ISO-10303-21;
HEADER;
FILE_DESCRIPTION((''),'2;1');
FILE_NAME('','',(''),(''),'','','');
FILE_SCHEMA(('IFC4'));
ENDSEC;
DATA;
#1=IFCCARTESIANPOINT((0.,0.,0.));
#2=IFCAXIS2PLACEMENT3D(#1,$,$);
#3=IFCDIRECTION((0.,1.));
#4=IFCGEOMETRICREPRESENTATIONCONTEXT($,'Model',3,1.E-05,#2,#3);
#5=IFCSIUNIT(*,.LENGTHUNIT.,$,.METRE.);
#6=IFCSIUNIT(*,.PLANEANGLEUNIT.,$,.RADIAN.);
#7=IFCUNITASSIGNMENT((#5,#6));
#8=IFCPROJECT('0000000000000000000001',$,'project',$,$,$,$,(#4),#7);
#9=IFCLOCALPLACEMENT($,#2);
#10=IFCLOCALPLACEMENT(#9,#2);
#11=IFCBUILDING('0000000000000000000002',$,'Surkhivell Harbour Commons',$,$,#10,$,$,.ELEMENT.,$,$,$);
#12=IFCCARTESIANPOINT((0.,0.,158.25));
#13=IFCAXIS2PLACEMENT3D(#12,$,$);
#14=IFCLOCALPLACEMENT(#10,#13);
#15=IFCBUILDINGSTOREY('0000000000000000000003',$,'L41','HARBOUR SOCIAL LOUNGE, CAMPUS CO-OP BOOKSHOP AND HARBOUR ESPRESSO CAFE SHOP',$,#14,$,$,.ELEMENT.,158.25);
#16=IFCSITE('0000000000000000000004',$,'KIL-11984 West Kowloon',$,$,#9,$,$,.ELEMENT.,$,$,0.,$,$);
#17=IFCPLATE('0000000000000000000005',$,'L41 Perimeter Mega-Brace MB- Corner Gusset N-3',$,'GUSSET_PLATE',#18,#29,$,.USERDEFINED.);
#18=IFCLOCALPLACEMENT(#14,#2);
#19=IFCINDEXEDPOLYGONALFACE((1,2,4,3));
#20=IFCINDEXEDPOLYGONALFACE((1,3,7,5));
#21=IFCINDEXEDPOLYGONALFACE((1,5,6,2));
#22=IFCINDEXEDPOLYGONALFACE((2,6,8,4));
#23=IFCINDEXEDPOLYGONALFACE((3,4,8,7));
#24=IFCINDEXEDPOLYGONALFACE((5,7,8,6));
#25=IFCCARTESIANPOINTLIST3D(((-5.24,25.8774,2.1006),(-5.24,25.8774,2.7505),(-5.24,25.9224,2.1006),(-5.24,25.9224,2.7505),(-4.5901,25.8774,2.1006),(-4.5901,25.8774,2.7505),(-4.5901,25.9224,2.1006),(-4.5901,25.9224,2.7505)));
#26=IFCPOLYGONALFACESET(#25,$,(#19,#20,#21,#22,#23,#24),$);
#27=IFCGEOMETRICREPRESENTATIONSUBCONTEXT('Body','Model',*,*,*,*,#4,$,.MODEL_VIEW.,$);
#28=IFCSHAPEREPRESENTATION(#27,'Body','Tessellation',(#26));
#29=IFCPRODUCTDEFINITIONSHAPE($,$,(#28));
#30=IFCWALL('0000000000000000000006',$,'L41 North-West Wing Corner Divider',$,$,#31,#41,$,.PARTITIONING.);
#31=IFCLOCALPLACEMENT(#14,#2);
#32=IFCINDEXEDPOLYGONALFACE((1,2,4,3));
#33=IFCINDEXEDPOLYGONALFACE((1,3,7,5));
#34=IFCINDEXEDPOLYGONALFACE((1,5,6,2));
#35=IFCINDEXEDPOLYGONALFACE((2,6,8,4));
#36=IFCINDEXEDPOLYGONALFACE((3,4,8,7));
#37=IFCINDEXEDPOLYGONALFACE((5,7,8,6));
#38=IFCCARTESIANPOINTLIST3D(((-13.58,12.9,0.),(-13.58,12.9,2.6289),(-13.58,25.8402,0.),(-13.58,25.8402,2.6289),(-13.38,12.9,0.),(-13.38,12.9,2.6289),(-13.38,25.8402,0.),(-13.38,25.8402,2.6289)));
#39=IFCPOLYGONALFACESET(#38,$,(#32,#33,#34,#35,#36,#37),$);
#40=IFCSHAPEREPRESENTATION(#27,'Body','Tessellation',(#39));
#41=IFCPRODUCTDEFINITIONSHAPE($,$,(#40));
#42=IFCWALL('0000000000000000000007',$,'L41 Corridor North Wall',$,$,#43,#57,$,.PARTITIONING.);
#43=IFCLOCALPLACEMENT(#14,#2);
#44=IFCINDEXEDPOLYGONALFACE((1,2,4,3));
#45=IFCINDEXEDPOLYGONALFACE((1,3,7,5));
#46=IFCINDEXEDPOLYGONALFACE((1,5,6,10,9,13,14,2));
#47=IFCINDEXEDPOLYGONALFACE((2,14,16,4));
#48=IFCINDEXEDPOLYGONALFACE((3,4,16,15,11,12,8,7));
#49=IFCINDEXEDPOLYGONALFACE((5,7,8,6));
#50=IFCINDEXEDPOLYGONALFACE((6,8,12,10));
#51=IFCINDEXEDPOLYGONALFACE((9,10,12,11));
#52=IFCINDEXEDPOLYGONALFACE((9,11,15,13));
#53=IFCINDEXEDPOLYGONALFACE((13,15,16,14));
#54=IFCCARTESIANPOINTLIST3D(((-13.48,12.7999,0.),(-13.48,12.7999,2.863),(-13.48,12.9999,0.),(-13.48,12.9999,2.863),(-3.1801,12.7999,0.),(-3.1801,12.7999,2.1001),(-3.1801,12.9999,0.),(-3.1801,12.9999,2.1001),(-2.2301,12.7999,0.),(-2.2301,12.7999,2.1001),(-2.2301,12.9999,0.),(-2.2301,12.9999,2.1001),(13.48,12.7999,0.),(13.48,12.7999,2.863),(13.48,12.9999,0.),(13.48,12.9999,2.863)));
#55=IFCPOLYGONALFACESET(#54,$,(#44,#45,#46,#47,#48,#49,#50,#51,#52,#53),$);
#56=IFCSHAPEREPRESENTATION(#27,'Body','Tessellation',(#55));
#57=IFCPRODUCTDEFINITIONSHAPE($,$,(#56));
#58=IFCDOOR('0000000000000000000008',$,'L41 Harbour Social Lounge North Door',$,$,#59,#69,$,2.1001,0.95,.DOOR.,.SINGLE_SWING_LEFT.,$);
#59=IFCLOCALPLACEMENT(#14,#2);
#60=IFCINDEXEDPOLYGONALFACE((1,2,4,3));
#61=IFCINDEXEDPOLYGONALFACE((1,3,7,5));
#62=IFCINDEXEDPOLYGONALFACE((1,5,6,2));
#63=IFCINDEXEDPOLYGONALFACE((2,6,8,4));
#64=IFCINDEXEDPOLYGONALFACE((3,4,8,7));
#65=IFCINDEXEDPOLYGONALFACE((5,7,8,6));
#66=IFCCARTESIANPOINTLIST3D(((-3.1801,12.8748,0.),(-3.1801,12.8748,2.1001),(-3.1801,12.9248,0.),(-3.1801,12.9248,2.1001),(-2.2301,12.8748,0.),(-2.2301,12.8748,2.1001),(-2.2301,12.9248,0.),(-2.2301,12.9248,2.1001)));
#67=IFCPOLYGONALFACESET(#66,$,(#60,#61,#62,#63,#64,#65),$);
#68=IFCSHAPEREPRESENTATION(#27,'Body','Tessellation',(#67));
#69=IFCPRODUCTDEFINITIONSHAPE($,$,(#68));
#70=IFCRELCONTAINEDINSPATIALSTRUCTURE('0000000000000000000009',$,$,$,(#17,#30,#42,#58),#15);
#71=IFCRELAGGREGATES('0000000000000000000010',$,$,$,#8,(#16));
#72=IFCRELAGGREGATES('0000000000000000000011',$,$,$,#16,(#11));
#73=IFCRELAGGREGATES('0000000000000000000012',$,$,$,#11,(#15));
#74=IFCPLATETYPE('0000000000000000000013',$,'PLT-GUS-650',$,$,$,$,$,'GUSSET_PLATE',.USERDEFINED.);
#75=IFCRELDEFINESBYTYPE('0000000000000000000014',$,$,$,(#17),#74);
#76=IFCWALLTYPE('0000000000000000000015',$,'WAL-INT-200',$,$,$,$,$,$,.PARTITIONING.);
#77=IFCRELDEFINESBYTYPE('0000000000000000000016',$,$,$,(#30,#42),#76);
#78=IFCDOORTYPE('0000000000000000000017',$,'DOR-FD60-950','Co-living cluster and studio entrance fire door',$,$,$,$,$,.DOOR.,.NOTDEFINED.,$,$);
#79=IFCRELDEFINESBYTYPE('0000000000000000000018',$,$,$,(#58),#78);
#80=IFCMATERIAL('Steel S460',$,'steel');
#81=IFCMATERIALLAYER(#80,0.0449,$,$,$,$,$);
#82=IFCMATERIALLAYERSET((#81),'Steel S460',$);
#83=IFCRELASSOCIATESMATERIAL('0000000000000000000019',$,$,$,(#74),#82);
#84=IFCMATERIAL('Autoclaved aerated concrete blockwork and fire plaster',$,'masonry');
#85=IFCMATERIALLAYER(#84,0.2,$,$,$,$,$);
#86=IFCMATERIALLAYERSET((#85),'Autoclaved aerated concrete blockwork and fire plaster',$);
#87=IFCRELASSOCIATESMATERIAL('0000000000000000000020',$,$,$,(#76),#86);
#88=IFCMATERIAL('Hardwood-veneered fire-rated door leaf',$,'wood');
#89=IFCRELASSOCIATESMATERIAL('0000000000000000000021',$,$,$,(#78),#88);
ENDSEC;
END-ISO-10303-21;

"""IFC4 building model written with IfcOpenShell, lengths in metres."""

from ifc_helpers import new_model, si_unit, direction, frame, frame_2d, origin, origin_2d, place, context, subcontext, project, spatial, rectangle, extrude, material, layer, layer_set, type_object, element, fill, save


model = new_model("IFC4")

# Units and contexts
model_context = context("Model", 3, precision=1e-05, world=origin(), true_north=direction((0.0, 1.0)))
body_context = subcontext(model_context, "Body", "Model", "MODEL_VIEW")
ifc_project = project(units=[si_unit("LENGTHUNIT", "METRE"), si_unit("PLANEANGLEUNIT", "RADIAN")], contexts=[model_context])

# Site, building, storey
site_placement = place(None, origin())
site = spatial("IfcSite", under=ifc_project, at=site_placement, Name="KIL-11984 West Kowloon", CompositionType="ELEMENT", RefElevation=0.0)
building_placement = place(site_placement, origin())
building = spatial("IfcBuilding", under=site, at=building_placement, Name="Surkhivell Harbour Commons", CompositionType="ELEMENT")
storey_placement = place(building_placement, frame((0.0, 0.0, 158.25)))
storey = spatial("IfcBuildingStorey", under=building, at=storey_placement, Name="L41", Description="HARBOUR SOCIAL LOUNGE, CAMPUS CO-OP BOOKSHOP AND HARBOUR ESPRESSO CAFE SHOP", CompositionType="ELEMENT", Elevation=158.25)

# Shared definitions
ifc_material_1 = material(Name="Steel S460", Category="steel")

# Plate
ifc_layer_1 = layer(ifc_material_1, 0.0449)
ifc_layer_set_1 = layer_set([ifc_layer_1], Name="Steel S460")
plate_type_1 = type_object("IfcPlateType", Name="PLT-GUS-650", ElementType="GUSSET_PLATE", PredefinedType="USERDEFINED", material=ifc_layer_set_1)
for number, where, z_axis, x_axis, name in (
    (1, (-4.915, 25.8999, 2.1006), (0.0, 0.0, 1.0), (1.0, 0.0, 0.0), "L41 Perimeter Mega-Brace MB- Corner Gusset N-3"),
):
    element("IfcPlate", number, at=place(storey_placement, frame(where, z_axis=z_axis, x_axis=x_axis)), inside=storey, type_object=plate_type_1, Name=name, ObjectType="GUSSET_PLATE", PredefinedType="USERDEFINED", context=body_context, shape_type="SweptSolid", body=[
        extrude(rectangle(XDim=0.6499, YDim=0.0449, at=origin_2d()), origin(), (0.0, 0.0, 1.0), 0.6499),
    ])

# Wall
ifc_material_2 = material(Name="Autoclaved aerated concrete blockwork and fire plaster", Category="masonry")
ifc_layer_2 = layer(ifc_material_2, 0.2)
ifc_layer_set_2 = layer_set([ifc_layer_2], Name="Autoclaved aerated concrete blockwork and fire plaster")
wall_type = type_object("IfcWallType", Name="WAL-INT-200", PredefinedType="PARTITIONING", material=ifc_layer_set_2)
wall_1_placement = place(storey_placement, frame((-13.48, 12.8999, 0.0), z_axis=(0.0, 0.0, 1.0), x_axis=(0.0, 1.0, 0.0)))
element("IfcWall", 2, at=wall_1_placement, inside=storey, type_object=wall_type, Name="L41 North-West Wing Corner Divider", PredefinedType="PARTITIONING", context=body_context, shape_type="SweptSolid", body=[
    extrude(rectangle(XDim=12.9402, YDim=0.2, at=frame_2d((6.4702, 0.0))), origin(), (0.0, 0.0, 1.0), 2.6289),
])

# Wall, opening, door
wall_2_placement = place(storey_placement, frame((-13.48, 12.8999, 0.0), z_axis=(0.0, 0.0, 1.0), x_axis=(1.0, 0.0, 0.0)))
wall_2 = element("IfcWall", 3, at=wall_2_placement, inside=storey, type_object=wall_type, Name="L41 Corridor North Wall", PredefinedType="PARTITIONING", context=body_context, shape_type="SweptSolid", body=[
    extrude(rectangle(XDim=26.96, YDim=0.2, at=frame_2d((13.48, 0.0))), origin(), (0.0, 0.0, 1.0), 2.863),
])
opening_placement = place(wall_2_placement, frame((10.2998, 0.0, 0.0)))
opening = element("IfcOpeningElement", 4, at=opening_placement, cuts=wall_2, PredefinedType="OPENING", context=body_context, shape_type="SweptSolid", body=[
    extrude(rectangle(XDim=0.95, YDim=2.1001, at=frame_2d((0.4751, 1.05))), frame((0.0, 0.1099, 0.0), z_axis=(0.0, -1.0, 0.0), x_axis=(1.0, 0.0, 0.0)), (0.0, 0.0, 1.0), 0.22),
])
ifc_material_3 = material(Name="Hardwood-veneered fire-rated door leaf", Category="wood")
door_type = type_object("IfcDoorType", Name="DOR-FD60-950", Description="Co-living cluster and studio entrance fire door", OperationType="NOTDEFINED", PredefinedType="DOOR", material=ifc_material_3)
door_placement = place(opening_placement, origin())
door = element("IfcDoor", 5, at=door_placement, inside=storey, type_object=door_type, Name="L41 Harbour Social Lounge North Door", OperationType="SINGLE_SWING_LEFT", OverallHeight=2.1001, OverallWidth=0.95, PredefinedType="DOOR", context=body_context, shape_type="SweptSolid", body=[
    extrude(rectangle(XDim=0.95, YDim=2.1001, at=frame_2d((0.4751, 1.05))), frame((0.0, 0.0249, 0.0), z_axis=(0.0, -1.0, 0.0), x_axis=(1.0, 0.0, 0.0)), (0.0, 0.0, 1.0), 0.05),
])
fill(opening, door)

save(model, "model.ifc")
